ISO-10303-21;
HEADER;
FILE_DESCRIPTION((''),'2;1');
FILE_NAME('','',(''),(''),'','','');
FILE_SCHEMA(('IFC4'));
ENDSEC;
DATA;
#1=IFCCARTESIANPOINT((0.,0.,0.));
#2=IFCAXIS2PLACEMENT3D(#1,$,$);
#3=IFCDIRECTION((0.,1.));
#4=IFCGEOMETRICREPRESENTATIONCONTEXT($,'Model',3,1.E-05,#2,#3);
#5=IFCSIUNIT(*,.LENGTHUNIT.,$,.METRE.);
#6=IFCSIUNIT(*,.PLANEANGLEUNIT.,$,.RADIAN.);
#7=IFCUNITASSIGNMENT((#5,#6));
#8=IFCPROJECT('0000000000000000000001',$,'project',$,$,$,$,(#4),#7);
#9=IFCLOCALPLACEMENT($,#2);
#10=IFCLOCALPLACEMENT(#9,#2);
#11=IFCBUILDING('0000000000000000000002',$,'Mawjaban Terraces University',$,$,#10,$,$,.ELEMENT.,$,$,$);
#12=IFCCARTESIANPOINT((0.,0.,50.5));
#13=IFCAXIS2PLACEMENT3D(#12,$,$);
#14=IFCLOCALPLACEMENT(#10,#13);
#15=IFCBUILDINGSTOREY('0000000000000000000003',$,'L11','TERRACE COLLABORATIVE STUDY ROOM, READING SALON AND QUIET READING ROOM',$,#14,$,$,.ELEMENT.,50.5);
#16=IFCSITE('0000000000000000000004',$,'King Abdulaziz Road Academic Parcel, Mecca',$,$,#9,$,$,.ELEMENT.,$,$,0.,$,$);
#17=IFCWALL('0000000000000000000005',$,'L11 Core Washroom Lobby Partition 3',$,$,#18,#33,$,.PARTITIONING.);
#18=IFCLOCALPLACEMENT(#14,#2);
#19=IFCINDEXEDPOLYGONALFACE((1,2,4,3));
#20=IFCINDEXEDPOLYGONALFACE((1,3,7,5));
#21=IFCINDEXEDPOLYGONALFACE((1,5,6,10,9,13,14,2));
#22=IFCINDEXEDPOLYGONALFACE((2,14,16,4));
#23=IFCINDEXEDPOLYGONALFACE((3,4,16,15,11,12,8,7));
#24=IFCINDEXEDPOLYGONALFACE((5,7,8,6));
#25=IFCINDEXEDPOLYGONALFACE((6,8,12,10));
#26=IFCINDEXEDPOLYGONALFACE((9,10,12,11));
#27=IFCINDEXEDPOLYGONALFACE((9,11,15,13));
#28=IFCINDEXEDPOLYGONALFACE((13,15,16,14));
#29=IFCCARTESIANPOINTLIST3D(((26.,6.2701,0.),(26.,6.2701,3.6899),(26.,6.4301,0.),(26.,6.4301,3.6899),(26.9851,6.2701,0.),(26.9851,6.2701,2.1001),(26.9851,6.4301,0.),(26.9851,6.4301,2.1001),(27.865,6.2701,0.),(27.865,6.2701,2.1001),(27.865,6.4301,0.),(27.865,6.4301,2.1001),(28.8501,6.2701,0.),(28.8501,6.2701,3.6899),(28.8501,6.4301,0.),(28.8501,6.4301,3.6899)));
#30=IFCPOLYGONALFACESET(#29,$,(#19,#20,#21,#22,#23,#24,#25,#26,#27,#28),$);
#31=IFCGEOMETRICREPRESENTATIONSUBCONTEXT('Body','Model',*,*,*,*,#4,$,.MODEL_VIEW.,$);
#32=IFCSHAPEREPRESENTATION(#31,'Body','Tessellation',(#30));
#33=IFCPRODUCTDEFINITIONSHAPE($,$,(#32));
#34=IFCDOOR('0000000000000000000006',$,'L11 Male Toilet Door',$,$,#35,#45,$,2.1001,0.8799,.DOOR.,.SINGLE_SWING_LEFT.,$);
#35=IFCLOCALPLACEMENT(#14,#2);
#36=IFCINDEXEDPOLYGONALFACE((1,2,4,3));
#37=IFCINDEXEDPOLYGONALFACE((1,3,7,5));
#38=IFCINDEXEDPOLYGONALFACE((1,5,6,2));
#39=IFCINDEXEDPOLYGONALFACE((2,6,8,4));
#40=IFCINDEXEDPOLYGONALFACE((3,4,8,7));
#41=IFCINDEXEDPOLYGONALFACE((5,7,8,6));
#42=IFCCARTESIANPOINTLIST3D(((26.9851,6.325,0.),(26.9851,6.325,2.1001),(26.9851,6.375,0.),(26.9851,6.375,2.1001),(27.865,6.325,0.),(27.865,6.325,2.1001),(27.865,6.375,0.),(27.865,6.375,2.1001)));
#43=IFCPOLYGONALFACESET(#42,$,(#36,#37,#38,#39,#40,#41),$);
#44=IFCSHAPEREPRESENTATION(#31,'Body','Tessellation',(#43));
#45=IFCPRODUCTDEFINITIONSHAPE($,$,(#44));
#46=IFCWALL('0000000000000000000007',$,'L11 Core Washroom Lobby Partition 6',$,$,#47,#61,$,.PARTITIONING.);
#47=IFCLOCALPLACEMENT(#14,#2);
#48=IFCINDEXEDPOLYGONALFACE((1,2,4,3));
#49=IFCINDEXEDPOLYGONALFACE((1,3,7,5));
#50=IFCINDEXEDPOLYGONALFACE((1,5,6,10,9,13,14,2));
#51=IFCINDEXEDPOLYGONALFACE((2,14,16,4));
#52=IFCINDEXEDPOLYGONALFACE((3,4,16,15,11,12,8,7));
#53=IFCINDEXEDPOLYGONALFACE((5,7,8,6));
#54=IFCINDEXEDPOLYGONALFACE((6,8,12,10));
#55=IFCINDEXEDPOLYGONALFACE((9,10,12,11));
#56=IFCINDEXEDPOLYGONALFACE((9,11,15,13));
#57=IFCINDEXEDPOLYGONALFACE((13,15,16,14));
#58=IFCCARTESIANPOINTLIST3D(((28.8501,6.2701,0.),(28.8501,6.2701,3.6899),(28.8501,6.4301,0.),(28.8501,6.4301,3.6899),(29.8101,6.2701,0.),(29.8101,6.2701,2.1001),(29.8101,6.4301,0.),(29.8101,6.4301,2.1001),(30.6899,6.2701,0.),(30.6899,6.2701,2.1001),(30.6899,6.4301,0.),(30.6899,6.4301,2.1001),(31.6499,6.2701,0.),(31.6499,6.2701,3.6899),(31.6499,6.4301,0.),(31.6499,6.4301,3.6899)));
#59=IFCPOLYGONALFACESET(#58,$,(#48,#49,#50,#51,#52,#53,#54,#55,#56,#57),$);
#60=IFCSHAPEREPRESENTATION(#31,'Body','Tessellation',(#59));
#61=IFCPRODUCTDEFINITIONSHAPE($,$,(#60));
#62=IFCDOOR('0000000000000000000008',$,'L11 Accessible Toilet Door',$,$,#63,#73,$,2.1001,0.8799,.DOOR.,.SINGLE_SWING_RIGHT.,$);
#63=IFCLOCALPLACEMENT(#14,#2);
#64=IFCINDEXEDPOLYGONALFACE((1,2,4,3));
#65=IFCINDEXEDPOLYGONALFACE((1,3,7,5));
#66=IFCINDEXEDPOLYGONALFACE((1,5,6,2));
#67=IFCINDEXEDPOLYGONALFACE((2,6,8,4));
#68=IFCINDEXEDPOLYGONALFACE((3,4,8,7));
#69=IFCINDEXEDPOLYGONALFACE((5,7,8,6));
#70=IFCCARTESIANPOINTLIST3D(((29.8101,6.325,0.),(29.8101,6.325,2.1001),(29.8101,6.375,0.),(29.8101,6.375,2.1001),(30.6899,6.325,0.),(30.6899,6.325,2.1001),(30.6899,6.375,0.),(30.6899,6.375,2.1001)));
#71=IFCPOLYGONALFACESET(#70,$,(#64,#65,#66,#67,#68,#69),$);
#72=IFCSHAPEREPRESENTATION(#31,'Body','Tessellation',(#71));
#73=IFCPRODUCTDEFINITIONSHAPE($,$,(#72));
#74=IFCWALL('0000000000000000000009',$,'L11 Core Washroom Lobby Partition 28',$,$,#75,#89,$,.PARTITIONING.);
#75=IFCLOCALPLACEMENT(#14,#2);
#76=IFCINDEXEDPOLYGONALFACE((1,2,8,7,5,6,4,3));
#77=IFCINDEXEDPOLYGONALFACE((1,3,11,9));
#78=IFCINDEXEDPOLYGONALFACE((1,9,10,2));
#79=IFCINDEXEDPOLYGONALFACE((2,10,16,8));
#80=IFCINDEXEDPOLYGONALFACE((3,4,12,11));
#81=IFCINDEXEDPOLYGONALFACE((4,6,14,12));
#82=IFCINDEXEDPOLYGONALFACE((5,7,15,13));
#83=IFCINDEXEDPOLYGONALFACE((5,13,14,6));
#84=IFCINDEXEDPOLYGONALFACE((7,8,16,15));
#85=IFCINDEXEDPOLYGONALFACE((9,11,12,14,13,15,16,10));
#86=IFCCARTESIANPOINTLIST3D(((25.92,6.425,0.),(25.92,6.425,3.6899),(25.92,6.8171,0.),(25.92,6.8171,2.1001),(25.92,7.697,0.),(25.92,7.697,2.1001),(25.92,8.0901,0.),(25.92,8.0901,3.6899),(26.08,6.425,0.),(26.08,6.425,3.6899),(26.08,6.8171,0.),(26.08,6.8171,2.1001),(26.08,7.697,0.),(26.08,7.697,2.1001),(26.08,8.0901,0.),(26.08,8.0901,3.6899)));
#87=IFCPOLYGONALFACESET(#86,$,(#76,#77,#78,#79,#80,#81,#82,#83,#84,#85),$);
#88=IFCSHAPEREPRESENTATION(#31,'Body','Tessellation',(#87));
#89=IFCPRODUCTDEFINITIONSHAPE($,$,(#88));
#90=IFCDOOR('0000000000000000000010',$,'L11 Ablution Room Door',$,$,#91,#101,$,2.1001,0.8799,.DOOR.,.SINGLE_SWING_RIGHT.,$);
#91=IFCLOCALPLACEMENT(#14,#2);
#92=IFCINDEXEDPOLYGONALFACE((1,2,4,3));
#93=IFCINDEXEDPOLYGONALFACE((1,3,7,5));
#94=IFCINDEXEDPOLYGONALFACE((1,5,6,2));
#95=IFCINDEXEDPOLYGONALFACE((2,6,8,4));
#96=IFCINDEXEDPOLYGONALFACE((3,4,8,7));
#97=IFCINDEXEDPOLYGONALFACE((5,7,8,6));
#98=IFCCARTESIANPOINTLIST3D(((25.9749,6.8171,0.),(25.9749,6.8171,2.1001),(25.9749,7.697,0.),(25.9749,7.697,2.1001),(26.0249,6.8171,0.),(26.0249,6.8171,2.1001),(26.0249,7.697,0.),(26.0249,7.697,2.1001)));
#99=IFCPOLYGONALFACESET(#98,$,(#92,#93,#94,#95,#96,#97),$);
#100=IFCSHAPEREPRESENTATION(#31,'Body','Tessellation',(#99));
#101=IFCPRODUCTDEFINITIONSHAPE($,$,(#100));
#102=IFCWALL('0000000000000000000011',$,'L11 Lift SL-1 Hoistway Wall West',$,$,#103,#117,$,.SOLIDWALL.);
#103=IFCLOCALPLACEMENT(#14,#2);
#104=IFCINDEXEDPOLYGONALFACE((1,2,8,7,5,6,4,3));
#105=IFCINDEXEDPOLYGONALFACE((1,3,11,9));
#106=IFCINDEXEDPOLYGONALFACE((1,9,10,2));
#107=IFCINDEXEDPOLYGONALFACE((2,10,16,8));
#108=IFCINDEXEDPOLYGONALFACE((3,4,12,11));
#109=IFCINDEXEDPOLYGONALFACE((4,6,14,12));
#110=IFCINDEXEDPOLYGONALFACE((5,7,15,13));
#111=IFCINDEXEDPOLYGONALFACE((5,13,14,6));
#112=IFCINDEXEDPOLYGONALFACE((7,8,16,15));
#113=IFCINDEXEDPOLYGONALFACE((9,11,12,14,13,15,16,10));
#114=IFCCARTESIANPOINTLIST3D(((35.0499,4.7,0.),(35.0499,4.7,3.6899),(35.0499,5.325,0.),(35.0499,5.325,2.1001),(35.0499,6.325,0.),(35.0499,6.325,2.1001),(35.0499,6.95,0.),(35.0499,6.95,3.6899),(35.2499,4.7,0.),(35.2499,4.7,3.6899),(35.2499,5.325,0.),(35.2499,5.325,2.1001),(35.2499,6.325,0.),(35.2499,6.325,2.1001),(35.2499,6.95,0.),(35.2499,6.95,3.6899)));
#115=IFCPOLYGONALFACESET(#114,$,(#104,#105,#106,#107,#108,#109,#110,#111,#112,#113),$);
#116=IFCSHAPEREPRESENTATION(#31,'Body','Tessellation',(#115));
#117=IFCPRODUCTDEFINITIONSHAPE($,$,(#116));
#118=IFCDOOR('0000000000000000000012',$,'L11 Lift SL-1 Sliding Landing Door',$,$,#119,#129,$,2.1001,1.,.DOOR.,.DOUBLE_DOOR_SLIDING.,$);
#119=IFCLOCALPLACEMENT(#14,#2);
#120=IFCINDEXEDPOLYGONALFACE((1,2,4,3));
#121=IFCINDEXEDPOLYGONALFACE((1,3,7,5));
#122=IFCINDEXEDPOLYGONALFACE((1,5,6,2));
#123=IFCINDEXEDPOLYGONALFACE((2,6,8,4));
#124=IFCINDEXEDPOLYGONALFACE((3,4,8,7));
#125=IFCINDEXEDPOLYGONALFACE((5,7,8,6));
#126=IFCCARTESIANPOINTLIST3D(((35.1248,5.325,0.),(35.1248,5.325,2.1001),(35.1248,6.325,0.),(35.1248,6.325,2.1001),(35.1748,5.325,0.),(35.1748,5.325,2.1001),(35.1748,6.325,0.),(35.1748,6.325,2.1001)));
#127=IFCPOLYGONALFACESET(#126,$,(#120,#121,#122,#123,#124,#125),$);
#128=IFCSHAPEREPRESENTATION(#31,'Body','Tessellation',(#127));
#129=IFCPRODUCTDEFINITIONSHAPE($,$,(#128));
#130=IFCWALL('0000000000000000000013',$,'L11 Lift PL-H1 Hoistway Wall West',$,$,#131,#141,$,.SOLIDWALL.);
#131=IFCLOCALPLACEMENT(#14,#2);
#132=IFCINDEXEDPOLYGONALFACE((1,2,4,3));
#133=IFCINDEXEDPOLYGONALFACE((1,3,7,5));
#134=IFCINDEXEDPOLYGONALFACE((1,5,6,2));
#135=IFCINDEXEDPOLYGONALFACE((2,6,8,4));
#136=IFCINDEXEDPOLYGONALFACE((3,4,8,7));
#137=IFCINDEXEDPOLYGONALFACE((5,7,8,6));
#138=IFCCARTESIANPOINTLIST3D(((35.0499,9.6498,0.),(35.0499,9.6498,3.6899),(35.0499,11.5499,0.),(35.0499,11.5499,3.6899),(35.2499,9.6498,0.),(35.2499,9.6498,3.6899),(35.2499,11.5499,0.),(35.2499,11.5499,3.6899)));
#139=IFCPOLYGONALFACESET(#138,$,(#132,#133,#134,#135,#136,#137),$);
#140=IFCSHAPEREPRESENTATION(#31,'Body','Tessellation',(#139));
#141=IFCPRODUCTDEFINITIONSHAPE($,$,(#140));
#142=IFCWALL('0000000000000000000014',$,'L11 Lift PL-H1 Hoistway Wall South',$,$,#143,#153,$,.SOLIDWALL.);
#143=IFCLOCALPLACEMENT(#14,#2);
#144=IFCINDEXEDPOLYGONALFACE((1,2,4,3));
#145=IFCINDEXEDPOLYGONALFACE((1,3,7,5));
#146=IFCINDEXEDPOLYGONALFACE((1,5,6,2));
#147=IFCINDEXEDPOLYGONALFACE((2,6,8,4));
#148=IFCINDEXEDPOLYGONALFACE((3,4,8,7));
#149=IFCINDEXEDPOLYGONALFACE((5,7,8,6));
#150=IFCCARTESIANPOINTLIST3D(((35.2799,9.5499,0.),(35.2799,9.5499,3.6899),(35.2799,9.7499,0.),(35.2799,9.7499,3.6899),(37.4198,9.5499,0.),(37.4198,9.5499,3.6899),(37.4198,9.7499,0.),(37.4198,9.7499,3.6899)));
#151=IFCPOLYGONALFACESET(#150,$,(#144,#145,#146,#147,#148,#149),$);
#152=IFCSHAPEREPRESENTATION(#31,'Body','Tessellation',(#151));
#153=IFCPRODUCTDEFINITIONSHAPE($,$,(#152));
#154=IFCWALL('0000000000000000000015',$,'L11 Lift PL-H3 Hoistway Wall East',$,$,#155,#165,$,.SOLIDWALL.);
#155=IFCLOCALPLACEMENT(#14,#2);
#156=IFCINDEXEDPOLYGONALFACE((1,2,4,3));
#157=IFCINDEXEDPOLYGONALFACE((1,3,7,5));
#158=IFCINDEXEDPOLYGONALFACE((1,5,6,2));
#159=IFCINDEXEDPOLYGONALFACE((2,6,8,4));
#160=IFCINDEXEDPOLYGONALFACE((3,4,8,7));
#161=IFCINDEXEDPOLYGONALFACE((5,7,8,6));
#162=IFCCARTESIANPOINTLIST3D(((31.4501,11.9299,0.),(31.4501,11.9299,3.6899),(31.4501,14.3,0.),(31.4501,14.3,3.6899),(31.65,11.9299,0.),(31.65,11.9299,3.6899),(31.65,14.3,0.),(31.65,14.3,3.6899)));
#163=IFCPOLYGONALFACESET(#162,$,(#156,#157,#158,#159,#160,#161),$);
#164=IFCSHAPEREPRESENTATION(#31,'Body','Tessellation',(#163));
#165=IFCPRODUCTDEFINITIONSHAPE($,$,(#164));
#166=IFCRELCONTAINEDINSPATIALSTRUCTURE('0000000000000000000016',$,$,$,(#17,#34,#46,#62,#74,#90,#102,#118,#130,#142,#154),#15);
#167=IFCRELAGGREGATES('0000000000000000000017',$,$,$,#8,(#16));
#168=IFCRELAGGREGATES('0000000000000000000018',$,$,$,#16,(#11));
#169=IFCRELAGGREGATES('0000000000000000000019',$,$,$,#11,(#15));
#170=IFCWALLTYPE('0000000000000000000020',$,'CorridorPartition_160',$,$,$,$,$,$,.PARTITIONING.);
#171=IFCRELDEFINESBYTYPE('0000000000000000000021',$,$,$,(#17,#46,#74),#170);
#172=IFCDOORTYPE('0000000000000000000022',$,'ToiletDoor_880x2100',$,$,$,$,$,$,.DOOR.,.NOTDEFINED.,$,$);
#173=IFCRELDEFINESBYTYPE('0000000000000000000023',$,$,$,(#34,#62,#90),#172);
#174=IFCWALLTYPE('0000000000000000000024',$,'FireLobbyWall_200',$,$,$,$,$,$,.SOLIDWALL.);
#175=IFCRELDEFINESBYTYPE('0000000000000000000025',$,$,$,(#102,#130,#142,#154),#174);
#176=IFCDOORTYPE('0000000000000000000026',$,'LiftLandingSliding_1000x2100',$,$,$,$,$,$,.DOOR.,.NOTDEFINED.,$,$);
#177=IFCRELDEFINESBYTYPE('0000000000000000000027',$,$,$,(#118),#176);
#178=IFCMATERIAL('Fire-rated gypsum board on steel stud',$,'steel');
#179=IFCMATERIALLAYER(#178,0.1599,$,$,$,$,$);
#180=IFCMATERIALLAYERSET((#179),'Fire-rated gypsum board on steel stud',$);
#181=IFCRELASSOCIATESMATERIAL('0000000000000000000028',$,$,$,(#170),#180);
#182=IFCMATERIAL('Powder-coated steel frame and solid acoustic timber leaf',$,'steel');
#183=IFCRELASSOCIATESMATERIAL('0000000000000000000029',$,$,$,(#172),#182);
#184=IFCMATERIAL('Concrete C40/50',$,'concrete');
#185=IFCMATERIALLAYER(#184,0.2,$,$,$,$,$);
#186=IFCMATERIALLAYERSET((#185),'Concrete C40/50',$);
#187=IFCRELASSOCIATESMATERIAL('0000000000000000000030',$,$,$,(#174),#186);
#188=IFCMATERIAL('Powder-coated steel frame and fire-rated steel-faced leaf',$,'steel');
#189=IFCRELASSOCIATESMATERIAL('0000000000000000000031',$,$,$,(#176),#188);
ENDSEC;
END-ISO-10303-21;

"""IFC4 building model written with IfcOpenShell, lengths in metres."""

from ifc_helpers import new_model, si_unit, direction, frame, frame_2d, origin, place, context, subcontext, project, spatial, rectangle, extrude, material, layer, layer_set, type_object, element, fill, save


model = new_model("IFC4")

# Units and contexts
model_context = context("Model", 3, precision=1e-05, world=origin(), true_north=direction((0.0, 1.0)))
body_context = subcontext(model_context, "Body", "Model", "MODEL_VIEW")
ifc_project = project(units=[si_unit("LENGTHUNIT", "METRE"), si_unit("PLANEANGLEUNIT", "RADIAN")], contexts=[model_context])

# Site, building, storey
site_placement = place(None, origin())
site = spatial("IfcSite", under=ifc_project, at=site_placement, Name="King Abdulaziz Road Academic Parcel, Mecca", CompositionType="ELEMENT", RefElevation=0.0)
building_placement = place(site_placement, origin())
building = spatial("IfcBuilding", under=site, at=building_placement, Name="Mawjaban Terraces University", CompositionType="ELEMENT")
storey_placement = place(building_placement, frame((0.0, 0.0, 50.5)))
storey = spatial("IfcBuildingStorey", under=building, at=storey_placement, Name="L11", Description="TERRACE COLLABORATIVE STUDY ROOM, READING SALON AND QUIET READING ROOM", CompositionType="ELEMENT", Elevation=50.5)

# Walls, openings, doors
ifc_material_1 = material(Name="Fire-rated gypsum board on steel stud", Category="steel")
ifc_layer_1 = layer(ifc_material_1, 0.1599)
ifc_layer_set_1 = layer_set([ifc_layer_1], Name="Fire-rated gypsum board on steel stud")
wall_type_1 = type_object("IfcWallType", Name="CorridorPartition_160", PredefinedType="PARTITIONING", material=ifc_layer_set_1)
wall_1_placement = place(storey_placement, frame((26.0, 6.3501, 0.0), z_axis=(0.0, 0.0, 1.0), x_axis=(1.0, 0.0, 0.0)))
wall_1 = element("IfcWall", 1, at=wall_1_placement, inside=storey, type_object=wall_type_1, Name="L11 Core Washroom Lobby Partition 3", PredefinedType="PARTITIONING", context=body_context, shape_type="SweptSolid", body=[
    extrude(rectangle(XDim=2.8501, YDim=0.1599, at=frame_2d((1.425, 0.0))), origin(), (0.0, 0.0, 1.0), 3.6899),
])
opening_1_placement = place(wall_1_placement, frame((0.9851, 0.0, 0.0)))
opening_1 = element("IfcOpeningElement", 2, at=opening_1_placement, cuts=wall_1, PredefinedType="OPENING", context=body_context, shape_type="SweptSolid", body=[
    extrude(rectangle(XDim=0.8799, YDim=2.1001, at=frame_2d((0.4399, 1.05))), frame((0.0, 0.0898, 0.0), z_axis=(0.0, -1.0, 0.0), x_axis=(1.0, 0.0, 0.0)), (0.0, 0.0, 1.0), 0.1799),
])
ifc_material_2 = material(Name="Powder-coated steel frame and solid acoustic timber leaf", Category="steel")
door_type_1 = type_object("IfcDoorType", Name="ToiletDoor_880x2100", OperationType="NOTDEFINED", PredefinedType="DOOR", material=ifc_material_2)
door_1_placement = place(opening_1_placement, origin())
door_1 = element("IfcDoor", 3, at=door_1_placement, inside=storey, type_object=door_type_1, Name="L11 Male Toilet Door", OperationType="SINGLE_SWING_LEFT", OverallHeight=2.1001, OverallWidth=0.8799, PredefinedType="DOOR", context=body_context, shape_type="SweptSolid", body=[
    extrude(rectangle(XDim=0.8799, YDim=2.1001, at=frame_2d((0.4399, 1.05))), frame((0.0, 0.0249, 0.0), z_axis=(0.0, -1.0, 0.0), x_axis=(1.0, 0.0, 0.0)), (0.0, 0.0, 1.0), 0.05),
])
fill(opening_1, door_1)
wall_2_placement = place(storey_placement, frame((28.8501, 6.3501, 0.0), z_axis=(0.0, 0.0, 1.0), x_axis=(1.0, 0.0, 0.0)))
wall_2 = element("IfcWall", 4, at=wall_2_placement, inside=storey, type_object=wall_type_1, Name="L11 Core Washroom Lobby Partition 6", PredefinedType="PARTITIONING", context=body_context, shape_type="SweptSolid", body=[
    extrude(rectangle(XDim=2.7998, YDim=0.1599, at=frame_2d((1.3999, 0.0))), origin(), (0.0, 0.0, 1.0), 3.6899),
])
opening_2_placement = place(wall_2_placement, frame((0.96, 0.0, 0.0)))
opening_2 = element("IfcOpeningElement", 5, at=opening_2_placement, cuts=wall_2, PredefinedType="OPENING", context=body_context, shape_type="SweptSolid", body=[
    extrude(rectangle(XDim=0.8799, YDim=2.1001, at=frame_2d((0.4399, 1.05))), frame((0.0, 0.0898, 0.0), z_axis=(0.0, -1.0, 0.0), x_axis=(1.0, 0.0, 0.0)), (0.0, 0.0, 1.0), 0.1799),
])
door_2_placement = place(opening_2_placement, origin())
door_2 = element("IfcDoor", 6, at=door_2_placement, inside=storey, type_object=door_type_1, Name="L11 Accessible Toilet Door", OperationType="SINGLE_SWING_RIGHT", OverallHeight=2.1001, OverallWidth=0.8799, PredefinedType="DOOR", context=body_context, shape_type="SweptSolid", body=[
    extrude(rectangle(XDim=0.8799, YDim=2.1001, at=frame_2d((0.4399, 1.05))), frame((0.0, 0.0249, 0.0), z_axis=(0.0, -1.0, 0.0), x_axis=(1.0, 0.0, 0.0)), (0.0, 0.0, 1.0), 0.05),
])
fill(opening_2, door_2)
wall_3_placement = place(storey_placement, frame((26.0, 8.0901, 0.0), z_axis=(0.0, 0.0, 1.0), x_axis=(0.0, -1.0, 0.0)))
wall_3 = element("IfcWall", 7, at=wall_3_placement, inside=storey, type_object=wall_type_1, Name="L11 Core Washroom Lobby Partition 28", PredefinedType="PARTITIONING", context=body_context, shape_type="SweptSolid", body=[
    extrude(rectangle(XDim=1.665, YDim=0.1599, at=frame_2d((0.8325, 0.0))), origin(), (0.0, 0.0, 1.0), 3.6899),
])
opening_3_placement = place(wall_3_placement, frame((0.3931, 0.0, 0.0)))
opening_3 = element("IfcOpeningElement", 8, at=opening_3_placement, cuts=wall_3, PredefinedType="OPENING", context=body_context, shape_type="SweptSolid", body=[
    extrude(rectangle(XDim=0.8799, YDim=2.1001, at=frame_2d((0.4399, 1.05))), frame((0.0, 0.0898, 0.0), z_axis=(0.0, -1.0, 0.0), x_axis=(1.0, 0.0, 0.0)), (0.0, 0.0, 1.0), 0.1799),
])
door_3_placement = place(opening_3_placement, origin())
door_3 = element("IfcDoor", 9, at=door_3_placement, inside=storey, type_object=door_type_1, Name="L11 Ablution Room Door", OperationType="SINGLE_SWING_RIGHT", OverallHeight=2.1001, OverallWidth=0.8799, PredefinedType="DOOR", context=body_context, shape_type="SweptSolid", body=[
    extrude(rectangle(XDim=0.8799, YDim=2.1001, at=frame_2d((0.4399, 1.05))), frame((0.0, 0.0249, 0.0), z_axis=(0.0, -1.0, 0.0), x_axis=(1.0, 0.0, 0.0)), (0.0, 0.0, 1.0), 0.05),
])
fill(opening_3, door_3)
ifc_material_3 = material(Name="Concrete C40/50", Category="concrete")
ifc_layer_2 = layer(ifc_material_3, 0.2)
ifc_layer_set_2 = layer_set([ifc_layer_2], Name="Concrete C40/50")
wall_type_2 = type_object("IfcWallType", Name="FireLobbyWall_200", PredefinedType="SOLIDWALL", material=ifc_layer_set_2)
wall_4_placement = place(storey_placement, frame((35.1499, 6.95, 0.0), z_axis=(0.0, 0.0, 1.0), x_axis=(0.0, -1.0, 0.0)))
wall_4 = element("IfcWall", 10, at=wall_4_placement, inside=storey, type_object=wall_type_2, Name="L11 Lift SL-1 Hoistway Wall West", PredefinedType="SOLIDWALL", context=body_context, shape_type="SweptSolid", body=[
    extrude(rectangle(XDim=2.25, YDim=0.2, at=frame_2d((1.125, 0.0))), origin(), (0.0, 0.0, 1.0), 3.6899),
])
opening_4_placement = place(wall_4_placement, frame((0.625, 0.0, 0.0)))
opening_4 = element("IfcOpeningElement", 11, at=opening_4_placement, cuts=wall_4, PredefinedType="OPENING", context=body_context, shape_type="SweptSolid", body=[
    extrude(rectangle(XDim=1.0, YDim=2.1001, at=frame_2d((0.5, 1.05))), frame((0.0, 0.1099, 0.0), z_axis=(0.0, -1.0, 0.0), x_axis=(1.0, 0.0, 0.0)), (0.0, 0.0, 1.0), 0.22),
])
ifc_material_4 = material(Name="Powder-coated steel frame and fire-rated steel-faced leaf", Category="steel")
door_type_2 = type_object("IfcDoorType", Name="LiftLandingSliding_1000x2100", OperationType="NOTDEFINED", PredefinedType="DOOR", material=ifc_material_4)
door_4_placement = place(opening_4_placement, origin())
door_4 = element("IfcDoor", 12, at=door_4_placement, inside=storey, type_object=door_type_2, Name="L11 Lift SL-1 Sliding Landing Door", OperationType="DOUBLE_DOOR_SLIDING", OverallHeight=2.1001, OverallWidth=1.0, PredefinedType="DOOR", context=body_context, shape_type="SweptSolid", body=[
    extrude(rectangle(XDim=1.0, YDim=2.1001, at=frame_2d((0.5, 1.05))), frame((0.0, 0.0249, 0.0), z_axis=(0.0, -1.0, 0.0), x_axis=(1.0, 0.0, 0.0)), (0.0, 0.0, 1.0), 0.05),
])
fill(opening_4, door_4)

# Walls
wall_5_placement = place(storey_placement, frame((35.1499, 11.55, 0.0), z_axis=(0.0, 0.0, 1.0), x_axis=(0.0, -1.0, 0.0)))
element("IfcWall", 13, at=wall_5_placement, inside=storey, type_object=wall_type_2, Name="L11 Lift PL-H1 Hoistway Wall West", PredefinedType="SOLIDWALL", context=body_context, shape_type="SweptSolid", body=[
    extrude(rectangle(XDim=1.9001, YDim=0.2, at=frame_2d((0.9502, 0.0))), origin(), (0.0, 0.0, 1.0), 3.6899),
])
wall_6_placement = place(storey_placement, frame((35.28, 9.6499, 0.0), z_axis=(0.0, 0.0, 1.0), x_axis=(1.0, 0.0, 0.0)))
element("IfcWall", 14, at=wall_6_placement, inside=storey, type_object=wall_type_2, Name="L11 Lift PL-H1 Hoistway Wall South", PredefinedType="SOLIDWALL", context=body_context, shape_type="SweptSolid", body=[
    extrude(rectangle(XDim=2.1399, YDim=0.2, at=frame_2d((1.0698, 0.0))), origin(), (0.0, 0.0, 1.0), 3.6899),
])
wall_7_placement = place(storey_placement, frame((31.55, 11.9299, 0.0), z_axis=(0.0, 0.0, 1.0), x_axis=(0.0, 1.0, 0.0)))
element("IfcWall", 15, at=wall_7_placement, inside=storey, type_object=wall_type_2, Name="L11 Lift PL-H3 Hoistway Wall East", PredefinedType="SOLIDWALL", context=body_context, shape_type="SweptSolid", body=[
    extrude(rectangle(XDim=2.3701, YDim=0.2, at=frame_2d((1.1851, 0.0))), origin(), (0.0, 0.0, 1.0), 3.6899),
])

save(model, "model.ifc")
